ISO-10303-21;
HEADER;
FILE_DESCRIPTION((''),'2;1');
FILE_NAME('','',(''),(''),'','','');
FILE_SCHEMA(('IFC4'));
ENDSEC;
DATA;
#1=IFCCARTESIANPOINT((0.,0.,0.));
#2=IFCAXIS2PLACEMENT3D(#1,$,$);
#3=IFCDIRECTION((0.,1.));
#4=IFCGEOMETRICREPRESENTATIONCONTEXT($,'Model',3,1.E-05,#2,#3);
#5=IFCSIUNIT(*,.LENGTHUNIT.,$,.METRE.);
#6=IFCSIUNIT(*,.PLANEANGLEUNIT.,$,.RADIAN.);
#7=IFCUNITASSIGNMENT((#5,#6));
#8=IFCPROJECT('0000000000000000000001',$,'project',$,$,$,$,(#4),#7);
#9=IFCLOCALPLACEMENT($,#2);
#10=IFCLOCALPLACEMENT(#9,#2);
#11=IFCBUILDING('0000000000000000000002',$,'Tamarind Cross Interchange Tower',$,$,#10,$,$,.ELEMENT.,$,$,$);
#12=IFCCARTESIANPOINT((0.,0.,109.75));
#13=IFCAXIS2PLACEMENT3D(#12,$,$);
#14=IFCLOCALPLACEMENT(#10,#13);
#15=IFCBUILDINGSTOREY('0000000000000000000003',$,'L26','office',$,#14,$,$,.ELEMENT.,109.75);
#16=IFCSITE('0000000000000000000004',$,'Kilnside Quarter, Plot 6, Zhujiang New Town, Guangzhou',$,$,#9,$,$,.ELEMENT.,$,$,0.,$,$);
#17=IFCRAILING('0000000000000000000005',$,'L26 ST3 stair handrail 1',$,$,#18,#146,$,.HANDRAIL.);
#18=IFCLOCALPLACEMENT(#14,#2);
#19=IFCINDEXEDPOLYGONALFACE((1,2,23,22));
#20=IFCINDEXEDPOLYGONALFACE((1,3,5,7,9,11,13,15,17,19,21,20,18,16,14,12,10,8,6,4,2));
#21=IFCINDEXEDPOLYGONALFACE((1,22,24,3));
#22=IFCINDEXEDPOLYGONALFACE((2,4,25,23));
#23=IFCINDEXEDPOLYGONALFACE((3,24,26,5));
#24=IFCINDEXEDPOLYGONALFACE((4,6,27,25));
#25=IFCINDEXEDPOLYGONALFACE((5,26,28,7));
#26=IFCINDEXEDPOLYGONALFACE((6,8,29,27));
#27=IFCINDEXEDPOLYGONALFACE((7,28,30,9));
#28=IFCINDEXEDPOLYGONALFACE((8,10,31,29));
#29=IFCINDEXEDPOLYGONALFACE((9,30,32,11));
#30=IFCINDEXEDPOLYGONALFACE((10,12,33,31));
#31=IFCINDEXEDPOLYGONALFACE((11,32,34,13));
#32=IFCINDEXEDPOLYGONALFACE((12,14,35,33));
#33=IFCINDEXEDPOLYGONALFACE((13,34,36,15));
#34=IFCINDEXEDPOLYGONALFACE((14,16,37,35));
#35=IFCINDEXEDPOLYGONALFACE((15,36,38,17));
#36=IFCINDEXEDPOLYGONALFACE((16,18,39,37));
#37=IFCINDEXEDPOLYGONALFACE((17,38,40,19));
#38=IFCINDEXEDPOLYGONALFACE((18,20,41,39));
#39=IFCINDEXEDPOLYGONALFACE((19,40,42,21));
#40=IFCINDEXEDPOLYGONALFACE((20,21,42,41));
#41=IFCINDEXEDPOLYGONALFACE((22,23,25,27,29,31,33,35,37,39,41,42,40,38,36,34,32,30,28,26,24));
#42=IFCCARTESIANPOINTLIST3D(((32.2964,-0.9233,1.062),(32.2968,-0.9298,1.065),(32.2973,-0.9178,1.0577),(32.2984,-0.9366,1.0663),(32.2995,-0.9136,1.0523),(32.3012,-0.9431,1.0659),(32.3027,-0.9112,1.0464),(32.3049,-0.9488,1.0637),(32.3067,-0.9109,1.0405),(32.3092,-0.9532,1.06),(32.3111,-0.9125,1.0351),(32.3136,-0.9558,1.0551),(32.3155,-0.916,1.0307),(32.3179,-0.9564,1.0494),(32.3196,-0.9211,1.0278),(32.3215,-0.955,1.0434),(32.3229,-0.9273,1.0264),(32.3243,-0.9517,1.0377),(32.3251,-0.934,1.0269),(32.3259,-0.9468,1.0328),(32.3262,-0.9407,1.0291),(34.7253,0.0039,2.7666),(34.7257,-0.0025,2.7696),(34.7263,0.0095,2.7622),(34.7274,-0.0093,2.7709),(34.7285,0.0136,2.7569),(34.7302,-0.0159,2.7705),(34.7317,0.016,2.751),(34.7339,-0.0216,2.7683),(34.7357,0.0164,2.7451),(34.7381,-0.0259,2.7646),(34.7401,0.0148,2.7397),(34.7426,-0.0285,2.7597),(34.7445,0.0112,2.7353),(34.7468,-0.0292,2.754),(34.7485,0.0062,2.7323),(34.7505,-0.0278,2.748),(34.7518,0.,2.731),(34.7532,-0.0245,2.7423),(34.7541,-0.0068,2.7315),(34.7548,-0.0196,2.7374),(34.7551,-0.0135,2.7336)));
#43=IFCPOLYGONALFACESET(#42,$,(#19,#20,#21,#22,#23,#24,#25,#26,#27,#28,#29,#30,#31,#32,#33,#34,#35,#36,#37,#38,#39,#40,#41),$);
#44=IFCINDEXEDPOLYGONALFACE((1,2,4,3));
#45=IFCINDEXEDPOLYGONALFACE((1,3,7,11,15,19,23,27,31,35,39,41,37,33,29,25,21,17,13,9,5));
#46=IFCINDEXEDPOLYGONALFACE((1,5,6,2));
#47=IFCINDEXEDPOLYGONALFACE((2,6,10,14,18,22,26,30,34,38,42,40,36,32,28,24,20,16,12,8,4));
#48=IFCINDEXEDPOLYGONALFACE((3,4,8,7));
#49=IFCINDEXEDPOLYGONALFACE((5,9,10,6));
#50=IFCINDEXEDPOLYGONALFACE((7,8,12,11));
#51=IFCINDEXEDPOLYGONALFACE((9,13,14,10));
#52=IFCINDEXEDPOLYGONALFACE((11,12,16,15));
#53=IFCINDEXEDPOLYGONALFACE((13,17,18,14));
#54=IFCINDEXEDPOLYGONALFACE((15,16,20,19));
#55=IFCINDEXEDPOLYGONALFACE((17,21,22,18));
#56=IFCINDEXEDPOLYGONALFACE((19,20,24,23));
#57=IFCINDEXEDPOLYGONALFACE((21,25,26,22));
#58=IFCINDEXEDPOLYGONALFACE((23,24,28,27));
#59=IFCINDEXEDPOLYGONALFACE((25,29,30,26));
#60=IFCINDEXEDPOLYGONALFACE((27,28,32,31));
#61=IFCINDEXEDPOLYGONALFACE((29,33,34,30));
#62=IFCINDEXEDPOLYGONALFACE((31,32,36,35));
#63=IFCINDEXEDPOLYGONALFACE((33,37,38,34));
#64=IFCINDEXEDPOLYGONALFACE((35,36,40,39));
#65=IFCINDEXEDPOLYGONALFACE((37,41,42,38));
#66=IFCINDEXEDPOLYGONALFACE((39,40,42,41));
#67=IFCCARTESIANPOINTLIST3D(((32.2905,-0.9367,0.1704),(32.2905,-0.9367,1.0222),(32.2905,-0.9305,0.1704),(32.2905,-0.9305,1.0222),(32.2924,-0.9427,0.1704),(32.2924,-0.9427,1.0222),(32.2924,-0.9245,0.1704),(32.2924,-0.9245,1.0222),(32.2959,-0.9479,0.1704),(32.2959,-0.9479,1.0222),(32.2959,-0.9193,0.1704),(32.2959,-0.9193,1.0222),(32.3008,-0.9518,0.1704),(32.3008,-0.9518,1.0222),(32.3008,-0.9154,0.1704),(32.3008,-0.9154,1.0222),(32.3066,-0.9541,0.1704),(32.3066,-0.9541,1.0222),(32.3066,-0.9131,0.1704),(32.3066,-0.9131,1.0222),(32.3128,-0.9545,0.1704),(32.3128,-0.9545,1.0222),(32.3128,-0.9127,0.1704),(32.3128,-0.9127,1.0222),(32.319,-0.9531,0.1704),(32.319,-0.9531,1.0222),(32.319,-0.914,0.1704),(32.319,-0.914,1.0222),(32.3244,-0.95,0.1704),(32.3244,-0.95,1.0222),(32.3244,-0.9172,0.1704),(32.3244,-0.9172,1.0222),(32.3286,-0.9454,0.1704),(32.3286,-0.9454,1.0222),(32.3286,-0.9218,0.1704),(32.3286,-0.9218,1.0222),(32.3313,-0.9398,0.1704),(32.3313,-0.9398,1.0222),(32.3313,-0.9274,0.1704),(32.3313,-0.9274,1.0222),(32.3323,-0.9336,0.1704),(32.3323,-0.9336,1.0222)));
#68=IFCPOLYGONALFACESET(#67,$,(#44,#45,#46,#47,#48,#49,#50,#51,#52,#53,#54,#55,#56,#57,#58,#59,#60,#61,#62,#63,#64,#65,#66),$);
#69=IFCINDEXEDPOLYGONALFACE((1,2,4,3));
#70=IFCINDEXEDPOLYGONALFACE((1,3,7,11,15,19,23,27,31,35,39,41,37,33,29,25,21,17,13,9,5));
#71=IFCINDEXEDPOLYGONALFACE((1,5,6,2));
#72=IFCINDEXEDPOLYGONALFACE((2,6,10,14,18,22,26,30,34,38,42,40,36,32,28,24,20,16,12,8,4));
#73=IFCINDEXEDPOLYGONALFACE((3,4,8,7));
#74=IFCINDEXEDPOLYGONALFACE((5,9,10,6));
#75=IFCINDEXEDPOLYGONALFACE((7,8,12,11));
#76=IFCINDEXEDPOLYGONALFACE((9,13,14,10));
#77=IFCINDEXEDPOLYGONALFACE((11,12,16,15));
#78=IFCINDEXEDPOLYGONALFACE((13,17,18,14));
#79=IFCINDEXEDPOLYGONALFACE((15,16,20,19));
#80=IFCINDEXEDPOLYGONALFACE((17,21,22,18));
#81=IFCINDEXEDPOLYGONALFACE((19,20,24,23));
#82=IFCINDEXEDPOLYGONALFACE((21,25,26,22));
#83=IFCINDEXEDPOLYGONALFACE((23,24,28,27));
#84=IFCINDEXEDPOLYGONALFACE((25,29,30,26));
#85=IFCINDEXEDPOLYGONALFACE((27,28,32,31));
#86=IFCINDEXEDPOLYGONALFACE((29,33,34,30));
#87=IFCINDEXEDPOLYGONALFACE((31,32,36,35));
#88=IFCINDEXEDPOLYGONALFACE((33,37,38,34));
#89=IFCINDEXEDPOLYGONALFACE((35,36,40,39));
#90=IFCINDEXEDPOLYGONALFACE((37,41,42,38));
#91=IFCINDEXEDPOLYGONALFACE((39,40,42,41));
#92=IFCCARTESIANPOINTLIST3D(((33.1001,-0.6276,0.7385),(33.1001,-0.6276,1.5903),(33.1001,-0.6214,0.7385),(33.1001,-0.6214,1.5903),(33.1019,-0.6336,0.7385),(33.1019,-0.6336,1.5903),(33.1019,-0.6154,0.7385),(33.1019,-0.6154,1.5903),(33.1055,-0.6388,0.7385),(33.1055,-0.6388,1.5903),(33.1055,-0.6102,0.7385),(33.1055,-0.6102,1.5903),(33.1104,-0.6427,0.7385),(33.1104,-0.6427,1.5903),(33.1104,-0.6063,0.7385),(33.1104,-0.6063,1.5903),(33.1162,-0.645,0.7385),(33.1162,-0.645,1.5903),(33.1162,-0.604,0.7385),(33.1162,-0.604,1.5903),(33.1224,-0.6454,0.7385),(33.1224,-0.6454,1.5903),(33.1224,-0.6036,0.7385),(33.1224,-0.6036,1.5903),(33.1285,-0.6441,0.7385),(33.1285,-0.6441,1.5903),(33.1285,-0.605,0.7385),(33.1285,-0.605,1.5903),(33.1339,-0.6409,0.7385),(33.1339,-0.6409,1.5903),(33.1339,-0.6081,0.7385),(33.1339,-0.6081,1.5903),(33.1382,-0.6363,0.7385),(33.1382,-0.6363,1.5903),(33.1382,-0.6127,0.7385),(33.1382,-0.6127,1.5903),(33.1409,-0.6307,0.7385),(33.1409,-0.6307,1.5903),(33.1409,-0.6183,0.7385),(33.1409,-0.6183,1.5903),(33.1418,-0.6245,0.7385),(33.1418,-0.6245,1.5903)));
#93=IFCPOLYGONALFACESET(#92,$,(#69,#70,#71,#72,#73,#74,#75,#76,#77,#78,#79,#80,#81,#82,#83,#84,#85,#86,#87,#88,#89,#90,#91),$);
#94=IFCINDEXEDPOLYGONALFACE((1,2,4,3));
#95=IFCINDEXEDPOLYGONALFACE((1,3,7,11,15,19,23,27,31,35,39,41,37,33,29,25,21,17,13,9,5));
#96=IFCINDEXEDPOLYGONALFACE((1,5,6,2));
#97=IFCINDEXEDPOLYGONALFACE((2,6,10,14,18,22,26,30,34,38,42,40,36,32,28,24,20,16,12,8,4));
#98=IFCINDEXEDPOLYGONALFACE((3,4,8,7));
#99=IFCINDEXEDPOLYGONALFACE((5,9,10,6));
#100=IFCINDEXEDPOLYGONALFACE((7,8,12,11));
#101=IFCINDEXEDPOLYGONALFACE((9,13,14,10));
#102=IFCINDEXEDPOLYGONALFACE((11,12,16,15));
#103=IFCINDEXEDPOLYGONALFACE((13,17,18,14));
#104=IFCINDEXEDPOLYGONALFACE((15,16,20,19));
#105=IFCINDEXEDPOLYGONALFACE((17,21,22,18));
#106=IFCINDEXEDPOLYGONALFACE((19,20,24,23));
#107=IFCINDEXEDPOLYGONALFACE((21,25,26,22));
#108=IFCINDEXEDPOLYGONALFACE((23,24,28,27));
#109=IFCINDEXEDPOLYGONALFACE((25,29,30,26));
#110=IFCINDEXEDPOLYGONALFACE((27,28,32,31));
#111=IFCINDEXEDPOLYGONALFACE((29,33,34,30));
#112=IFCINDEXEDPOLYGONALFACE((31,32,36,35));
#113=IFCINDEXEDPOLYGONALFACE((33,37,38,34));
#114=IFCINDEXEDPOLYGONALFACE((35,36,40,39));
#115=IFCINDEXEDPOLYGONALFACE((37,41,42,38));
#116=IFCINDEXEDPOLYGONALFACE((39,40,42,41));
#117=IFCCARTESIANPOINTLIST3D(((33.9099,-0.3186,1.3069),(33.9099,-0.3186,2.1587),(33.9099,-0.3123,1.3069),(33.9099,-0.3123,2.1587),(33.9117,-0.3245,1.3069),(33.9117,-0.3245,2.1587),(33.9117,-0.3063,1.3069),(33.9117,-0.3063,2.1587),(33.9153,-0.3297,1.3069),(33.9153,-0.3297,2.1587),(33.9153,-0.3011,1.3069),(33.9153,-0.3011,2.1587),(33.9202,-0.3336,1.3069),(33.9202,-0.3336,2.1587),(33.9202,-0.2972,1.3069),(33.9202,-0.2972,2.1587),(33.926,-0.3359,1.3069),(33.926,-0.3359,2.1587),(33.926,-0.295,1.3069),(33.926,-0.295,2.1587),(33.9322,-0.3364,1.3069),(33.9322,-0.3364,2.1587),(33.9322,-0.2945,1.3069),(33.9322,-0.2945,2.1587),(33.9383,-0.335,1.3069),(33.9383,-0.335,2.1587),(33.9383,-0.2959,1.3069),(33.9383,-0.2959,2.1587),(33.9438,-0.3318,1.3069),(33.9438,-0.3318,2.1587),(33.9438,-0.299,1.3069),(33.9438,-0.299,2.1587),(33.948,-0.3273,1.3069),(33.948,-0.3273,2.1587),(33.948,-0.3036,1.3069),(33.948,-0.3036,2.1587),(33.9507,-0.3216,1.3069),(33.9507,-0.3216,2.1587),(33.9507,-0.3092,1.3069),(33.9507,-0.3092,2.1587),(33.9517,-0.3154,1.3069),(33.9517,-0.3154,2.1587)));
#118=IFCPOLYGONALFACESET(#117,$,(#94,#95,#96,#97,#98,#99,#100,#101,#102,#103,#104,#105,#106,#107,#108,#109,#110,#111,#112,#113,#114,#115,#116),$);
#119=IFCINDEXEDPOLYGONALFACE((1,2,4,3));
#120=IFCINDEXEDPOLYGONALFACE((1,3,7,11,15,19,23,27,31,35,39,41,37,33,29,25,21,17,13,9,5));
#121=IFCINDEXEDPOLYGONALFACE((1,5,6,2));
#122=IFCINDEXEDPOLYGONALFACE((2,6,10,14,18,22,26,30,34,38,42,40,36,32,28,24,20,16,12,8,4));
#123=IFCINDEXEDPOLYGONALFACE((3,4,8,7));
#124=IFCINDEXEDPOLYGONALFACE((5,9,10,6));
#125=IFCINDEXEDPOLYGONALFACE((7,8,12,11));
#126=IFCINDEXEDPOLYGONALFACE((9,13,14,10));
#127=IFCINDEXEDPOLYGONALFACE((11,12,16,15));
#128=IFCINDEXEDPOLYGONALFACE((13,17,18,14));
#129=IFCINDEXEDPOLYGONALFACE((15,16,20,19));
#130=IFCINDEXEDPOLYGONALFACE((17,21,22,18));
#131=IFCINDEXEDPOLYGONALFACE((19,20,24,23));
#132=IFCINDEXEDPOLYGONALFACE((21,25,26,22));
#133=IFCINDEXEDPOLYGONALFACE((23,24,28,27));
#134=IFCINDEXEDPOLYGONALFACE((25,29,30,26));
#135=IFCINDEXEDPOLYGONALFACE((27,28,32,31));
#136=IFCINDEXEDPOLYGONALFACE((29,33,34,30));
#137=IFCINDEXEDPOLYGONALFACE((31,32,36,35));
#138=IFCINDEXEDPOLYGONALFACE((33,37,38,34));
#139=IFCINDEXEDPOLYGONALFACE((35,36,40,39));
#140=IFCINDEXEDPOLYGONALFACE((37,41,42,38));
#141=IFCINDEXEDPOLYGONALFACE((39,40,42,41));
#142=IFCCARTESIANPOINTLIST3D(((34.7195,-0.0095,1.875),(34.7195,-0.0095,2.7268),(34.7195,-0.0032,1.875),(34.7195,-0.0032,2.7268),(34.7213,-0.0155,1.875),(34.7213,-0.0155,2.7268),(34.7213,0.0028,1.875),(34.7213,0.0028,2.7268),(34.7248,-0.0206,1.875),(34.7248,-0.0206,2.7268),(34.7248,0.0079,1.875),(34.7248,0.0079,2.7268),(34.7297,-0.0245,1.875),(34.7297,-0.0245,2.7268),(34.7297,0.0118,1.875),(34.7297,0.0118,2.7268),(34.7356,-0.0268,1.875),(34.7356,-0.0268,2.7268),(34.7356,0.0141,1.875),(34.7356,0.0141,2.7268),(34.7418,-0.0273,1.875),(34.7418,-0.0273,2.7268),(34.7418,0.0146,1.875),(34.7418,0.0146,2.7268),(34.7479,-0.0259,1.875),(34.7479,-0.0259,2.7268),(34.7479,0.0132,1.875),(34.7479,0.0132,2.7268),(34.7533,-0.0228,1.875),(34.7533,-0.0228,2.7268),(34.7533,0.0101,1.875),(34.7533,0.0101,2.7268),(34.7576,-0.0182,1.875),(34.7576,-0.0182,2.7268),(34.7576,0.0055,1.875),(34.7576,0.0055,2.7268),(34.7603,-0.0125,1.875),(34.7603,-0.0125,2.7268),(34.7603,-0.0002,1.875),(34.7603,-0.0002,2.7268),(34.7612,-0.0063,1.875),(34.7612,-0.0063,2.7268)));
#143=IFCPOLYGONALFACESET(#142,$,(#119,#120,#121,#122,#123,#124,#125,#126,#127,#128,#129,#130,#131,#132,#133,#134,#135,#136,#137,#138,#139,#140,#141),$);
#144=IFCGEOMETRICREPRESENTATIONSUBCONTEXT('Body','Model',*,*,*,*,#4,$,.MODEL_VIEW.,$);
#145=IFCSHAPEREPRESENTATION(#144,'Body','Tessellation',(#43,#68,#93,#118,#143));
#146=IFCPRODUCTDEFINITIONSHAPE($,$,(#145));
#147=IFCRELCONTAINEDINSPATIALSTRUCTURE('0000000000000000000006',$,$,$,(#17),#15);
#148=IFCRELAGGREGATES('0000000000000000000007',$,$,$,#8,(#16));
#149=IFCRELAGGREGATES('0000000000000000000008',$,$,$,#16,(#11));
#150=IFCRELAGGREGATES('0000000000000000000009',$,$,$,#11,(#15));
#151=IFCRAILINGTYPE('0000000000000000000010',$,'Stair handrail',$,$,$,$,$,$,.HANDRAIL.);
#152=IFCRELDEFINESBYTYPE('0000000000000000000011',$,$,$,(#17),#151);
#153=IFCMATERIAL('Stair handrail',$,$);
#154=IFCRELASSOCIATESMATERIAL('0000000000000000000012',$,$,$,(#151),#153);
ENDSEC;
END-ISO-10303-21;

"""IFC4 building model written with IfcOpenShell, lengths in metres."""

from ifc_helpers import new_model, si_unit, direction, frame, origin, origin_2d, place, context, subcontext, project, spatial, circle, extrude, material, type_object, element, save


model = new_model("IFC4")

# Units and contexts
model_context = context("Model", 3, precision=1e-05, world=origin(), true_north=direction((0.0, 1.0)))
body_context = subcontext(model_context, "Body", "Model", "MODEL_VIEW")
ifc_project = project(units=[si_unit("LENGTHUNIT", "METRE"), si_unit("PLANEANGLEUNIT", "RADIAN")], contexts=[model_context])

# Site, building, storey
site_placement = place(None, origin())
site = spatial("IfcSite", under=ifc_project, at=site_placement, Name="Kilnside Quarter, Plot 6, Zhujiang New Town, Guangzhou", CompositionType="ELEMENT", RefElevation=0.0)
building_placement = place(site_placement, origin())
building = spatial("IfcBuilding", under=site, at=building_placement, Name="Tamarind Cross Interchange Tower", CompositionType="ELEMENT")
storey_placement = place(building_placement, frame((0.0, 0.0, 109.75)))
storey = spatial("IfcBuildingStorey", under=building, at=storey_placement, Name="L26", Description="office", CompositionType="ELEMENT", Elevation=109.75)

# Railing
ifc_material_1 = material(Name="Stair handrail")
railing_type = type_object("IfcRailingType", Name="Stair handrail", PredefinedType="HANDRAIL", material=ifc_material_1)
railing_placement = place(storey_placement, frame((32.3113, -0.9336, 0.1704)))
element("IfcRailing", 1, at=railing_placement, inside=storey, type_object=railing_type, Name="L26 ST3 stair handrail 1", PredefinedType="HANDRAIL", context=body_context, shape_type="SweptSolid", body=[
    extrude(circle(Radius=0.0239, at=origin_2d()), frame((0.0, 0.0, 0.876), z_axis=(0.781292, 0.298256, 0.548294), x_axis=(-0.356643, 0.934241, 0.0)), (0.0, 0.0, 1.0), 3.1089),
    extrude(circle(Radius=0.021, at=origin_2d()), origin(), (0.0, 0.0, 1.0), 0.8518),
    extrude(circle(Radius=0.021, at=origin_2d()), frame((0.8096, 0.3091, 0.5681)), (0.0, 0.0, 1.0), 0.8518),
    extrude(circle(Radius=0.021, at=origin_2d()), frame((1.6194, 0.6182, 1.1365)), (0.0, 0.0, 1.0), 0.8518),
    extrude(circle(Radius=0.021, at=origin_2d()), frame((2.429, 0.9272, 1.7046)), (0.0, 0.0, 1.0), 0.8518),
])

save(model, "model.ifc")
